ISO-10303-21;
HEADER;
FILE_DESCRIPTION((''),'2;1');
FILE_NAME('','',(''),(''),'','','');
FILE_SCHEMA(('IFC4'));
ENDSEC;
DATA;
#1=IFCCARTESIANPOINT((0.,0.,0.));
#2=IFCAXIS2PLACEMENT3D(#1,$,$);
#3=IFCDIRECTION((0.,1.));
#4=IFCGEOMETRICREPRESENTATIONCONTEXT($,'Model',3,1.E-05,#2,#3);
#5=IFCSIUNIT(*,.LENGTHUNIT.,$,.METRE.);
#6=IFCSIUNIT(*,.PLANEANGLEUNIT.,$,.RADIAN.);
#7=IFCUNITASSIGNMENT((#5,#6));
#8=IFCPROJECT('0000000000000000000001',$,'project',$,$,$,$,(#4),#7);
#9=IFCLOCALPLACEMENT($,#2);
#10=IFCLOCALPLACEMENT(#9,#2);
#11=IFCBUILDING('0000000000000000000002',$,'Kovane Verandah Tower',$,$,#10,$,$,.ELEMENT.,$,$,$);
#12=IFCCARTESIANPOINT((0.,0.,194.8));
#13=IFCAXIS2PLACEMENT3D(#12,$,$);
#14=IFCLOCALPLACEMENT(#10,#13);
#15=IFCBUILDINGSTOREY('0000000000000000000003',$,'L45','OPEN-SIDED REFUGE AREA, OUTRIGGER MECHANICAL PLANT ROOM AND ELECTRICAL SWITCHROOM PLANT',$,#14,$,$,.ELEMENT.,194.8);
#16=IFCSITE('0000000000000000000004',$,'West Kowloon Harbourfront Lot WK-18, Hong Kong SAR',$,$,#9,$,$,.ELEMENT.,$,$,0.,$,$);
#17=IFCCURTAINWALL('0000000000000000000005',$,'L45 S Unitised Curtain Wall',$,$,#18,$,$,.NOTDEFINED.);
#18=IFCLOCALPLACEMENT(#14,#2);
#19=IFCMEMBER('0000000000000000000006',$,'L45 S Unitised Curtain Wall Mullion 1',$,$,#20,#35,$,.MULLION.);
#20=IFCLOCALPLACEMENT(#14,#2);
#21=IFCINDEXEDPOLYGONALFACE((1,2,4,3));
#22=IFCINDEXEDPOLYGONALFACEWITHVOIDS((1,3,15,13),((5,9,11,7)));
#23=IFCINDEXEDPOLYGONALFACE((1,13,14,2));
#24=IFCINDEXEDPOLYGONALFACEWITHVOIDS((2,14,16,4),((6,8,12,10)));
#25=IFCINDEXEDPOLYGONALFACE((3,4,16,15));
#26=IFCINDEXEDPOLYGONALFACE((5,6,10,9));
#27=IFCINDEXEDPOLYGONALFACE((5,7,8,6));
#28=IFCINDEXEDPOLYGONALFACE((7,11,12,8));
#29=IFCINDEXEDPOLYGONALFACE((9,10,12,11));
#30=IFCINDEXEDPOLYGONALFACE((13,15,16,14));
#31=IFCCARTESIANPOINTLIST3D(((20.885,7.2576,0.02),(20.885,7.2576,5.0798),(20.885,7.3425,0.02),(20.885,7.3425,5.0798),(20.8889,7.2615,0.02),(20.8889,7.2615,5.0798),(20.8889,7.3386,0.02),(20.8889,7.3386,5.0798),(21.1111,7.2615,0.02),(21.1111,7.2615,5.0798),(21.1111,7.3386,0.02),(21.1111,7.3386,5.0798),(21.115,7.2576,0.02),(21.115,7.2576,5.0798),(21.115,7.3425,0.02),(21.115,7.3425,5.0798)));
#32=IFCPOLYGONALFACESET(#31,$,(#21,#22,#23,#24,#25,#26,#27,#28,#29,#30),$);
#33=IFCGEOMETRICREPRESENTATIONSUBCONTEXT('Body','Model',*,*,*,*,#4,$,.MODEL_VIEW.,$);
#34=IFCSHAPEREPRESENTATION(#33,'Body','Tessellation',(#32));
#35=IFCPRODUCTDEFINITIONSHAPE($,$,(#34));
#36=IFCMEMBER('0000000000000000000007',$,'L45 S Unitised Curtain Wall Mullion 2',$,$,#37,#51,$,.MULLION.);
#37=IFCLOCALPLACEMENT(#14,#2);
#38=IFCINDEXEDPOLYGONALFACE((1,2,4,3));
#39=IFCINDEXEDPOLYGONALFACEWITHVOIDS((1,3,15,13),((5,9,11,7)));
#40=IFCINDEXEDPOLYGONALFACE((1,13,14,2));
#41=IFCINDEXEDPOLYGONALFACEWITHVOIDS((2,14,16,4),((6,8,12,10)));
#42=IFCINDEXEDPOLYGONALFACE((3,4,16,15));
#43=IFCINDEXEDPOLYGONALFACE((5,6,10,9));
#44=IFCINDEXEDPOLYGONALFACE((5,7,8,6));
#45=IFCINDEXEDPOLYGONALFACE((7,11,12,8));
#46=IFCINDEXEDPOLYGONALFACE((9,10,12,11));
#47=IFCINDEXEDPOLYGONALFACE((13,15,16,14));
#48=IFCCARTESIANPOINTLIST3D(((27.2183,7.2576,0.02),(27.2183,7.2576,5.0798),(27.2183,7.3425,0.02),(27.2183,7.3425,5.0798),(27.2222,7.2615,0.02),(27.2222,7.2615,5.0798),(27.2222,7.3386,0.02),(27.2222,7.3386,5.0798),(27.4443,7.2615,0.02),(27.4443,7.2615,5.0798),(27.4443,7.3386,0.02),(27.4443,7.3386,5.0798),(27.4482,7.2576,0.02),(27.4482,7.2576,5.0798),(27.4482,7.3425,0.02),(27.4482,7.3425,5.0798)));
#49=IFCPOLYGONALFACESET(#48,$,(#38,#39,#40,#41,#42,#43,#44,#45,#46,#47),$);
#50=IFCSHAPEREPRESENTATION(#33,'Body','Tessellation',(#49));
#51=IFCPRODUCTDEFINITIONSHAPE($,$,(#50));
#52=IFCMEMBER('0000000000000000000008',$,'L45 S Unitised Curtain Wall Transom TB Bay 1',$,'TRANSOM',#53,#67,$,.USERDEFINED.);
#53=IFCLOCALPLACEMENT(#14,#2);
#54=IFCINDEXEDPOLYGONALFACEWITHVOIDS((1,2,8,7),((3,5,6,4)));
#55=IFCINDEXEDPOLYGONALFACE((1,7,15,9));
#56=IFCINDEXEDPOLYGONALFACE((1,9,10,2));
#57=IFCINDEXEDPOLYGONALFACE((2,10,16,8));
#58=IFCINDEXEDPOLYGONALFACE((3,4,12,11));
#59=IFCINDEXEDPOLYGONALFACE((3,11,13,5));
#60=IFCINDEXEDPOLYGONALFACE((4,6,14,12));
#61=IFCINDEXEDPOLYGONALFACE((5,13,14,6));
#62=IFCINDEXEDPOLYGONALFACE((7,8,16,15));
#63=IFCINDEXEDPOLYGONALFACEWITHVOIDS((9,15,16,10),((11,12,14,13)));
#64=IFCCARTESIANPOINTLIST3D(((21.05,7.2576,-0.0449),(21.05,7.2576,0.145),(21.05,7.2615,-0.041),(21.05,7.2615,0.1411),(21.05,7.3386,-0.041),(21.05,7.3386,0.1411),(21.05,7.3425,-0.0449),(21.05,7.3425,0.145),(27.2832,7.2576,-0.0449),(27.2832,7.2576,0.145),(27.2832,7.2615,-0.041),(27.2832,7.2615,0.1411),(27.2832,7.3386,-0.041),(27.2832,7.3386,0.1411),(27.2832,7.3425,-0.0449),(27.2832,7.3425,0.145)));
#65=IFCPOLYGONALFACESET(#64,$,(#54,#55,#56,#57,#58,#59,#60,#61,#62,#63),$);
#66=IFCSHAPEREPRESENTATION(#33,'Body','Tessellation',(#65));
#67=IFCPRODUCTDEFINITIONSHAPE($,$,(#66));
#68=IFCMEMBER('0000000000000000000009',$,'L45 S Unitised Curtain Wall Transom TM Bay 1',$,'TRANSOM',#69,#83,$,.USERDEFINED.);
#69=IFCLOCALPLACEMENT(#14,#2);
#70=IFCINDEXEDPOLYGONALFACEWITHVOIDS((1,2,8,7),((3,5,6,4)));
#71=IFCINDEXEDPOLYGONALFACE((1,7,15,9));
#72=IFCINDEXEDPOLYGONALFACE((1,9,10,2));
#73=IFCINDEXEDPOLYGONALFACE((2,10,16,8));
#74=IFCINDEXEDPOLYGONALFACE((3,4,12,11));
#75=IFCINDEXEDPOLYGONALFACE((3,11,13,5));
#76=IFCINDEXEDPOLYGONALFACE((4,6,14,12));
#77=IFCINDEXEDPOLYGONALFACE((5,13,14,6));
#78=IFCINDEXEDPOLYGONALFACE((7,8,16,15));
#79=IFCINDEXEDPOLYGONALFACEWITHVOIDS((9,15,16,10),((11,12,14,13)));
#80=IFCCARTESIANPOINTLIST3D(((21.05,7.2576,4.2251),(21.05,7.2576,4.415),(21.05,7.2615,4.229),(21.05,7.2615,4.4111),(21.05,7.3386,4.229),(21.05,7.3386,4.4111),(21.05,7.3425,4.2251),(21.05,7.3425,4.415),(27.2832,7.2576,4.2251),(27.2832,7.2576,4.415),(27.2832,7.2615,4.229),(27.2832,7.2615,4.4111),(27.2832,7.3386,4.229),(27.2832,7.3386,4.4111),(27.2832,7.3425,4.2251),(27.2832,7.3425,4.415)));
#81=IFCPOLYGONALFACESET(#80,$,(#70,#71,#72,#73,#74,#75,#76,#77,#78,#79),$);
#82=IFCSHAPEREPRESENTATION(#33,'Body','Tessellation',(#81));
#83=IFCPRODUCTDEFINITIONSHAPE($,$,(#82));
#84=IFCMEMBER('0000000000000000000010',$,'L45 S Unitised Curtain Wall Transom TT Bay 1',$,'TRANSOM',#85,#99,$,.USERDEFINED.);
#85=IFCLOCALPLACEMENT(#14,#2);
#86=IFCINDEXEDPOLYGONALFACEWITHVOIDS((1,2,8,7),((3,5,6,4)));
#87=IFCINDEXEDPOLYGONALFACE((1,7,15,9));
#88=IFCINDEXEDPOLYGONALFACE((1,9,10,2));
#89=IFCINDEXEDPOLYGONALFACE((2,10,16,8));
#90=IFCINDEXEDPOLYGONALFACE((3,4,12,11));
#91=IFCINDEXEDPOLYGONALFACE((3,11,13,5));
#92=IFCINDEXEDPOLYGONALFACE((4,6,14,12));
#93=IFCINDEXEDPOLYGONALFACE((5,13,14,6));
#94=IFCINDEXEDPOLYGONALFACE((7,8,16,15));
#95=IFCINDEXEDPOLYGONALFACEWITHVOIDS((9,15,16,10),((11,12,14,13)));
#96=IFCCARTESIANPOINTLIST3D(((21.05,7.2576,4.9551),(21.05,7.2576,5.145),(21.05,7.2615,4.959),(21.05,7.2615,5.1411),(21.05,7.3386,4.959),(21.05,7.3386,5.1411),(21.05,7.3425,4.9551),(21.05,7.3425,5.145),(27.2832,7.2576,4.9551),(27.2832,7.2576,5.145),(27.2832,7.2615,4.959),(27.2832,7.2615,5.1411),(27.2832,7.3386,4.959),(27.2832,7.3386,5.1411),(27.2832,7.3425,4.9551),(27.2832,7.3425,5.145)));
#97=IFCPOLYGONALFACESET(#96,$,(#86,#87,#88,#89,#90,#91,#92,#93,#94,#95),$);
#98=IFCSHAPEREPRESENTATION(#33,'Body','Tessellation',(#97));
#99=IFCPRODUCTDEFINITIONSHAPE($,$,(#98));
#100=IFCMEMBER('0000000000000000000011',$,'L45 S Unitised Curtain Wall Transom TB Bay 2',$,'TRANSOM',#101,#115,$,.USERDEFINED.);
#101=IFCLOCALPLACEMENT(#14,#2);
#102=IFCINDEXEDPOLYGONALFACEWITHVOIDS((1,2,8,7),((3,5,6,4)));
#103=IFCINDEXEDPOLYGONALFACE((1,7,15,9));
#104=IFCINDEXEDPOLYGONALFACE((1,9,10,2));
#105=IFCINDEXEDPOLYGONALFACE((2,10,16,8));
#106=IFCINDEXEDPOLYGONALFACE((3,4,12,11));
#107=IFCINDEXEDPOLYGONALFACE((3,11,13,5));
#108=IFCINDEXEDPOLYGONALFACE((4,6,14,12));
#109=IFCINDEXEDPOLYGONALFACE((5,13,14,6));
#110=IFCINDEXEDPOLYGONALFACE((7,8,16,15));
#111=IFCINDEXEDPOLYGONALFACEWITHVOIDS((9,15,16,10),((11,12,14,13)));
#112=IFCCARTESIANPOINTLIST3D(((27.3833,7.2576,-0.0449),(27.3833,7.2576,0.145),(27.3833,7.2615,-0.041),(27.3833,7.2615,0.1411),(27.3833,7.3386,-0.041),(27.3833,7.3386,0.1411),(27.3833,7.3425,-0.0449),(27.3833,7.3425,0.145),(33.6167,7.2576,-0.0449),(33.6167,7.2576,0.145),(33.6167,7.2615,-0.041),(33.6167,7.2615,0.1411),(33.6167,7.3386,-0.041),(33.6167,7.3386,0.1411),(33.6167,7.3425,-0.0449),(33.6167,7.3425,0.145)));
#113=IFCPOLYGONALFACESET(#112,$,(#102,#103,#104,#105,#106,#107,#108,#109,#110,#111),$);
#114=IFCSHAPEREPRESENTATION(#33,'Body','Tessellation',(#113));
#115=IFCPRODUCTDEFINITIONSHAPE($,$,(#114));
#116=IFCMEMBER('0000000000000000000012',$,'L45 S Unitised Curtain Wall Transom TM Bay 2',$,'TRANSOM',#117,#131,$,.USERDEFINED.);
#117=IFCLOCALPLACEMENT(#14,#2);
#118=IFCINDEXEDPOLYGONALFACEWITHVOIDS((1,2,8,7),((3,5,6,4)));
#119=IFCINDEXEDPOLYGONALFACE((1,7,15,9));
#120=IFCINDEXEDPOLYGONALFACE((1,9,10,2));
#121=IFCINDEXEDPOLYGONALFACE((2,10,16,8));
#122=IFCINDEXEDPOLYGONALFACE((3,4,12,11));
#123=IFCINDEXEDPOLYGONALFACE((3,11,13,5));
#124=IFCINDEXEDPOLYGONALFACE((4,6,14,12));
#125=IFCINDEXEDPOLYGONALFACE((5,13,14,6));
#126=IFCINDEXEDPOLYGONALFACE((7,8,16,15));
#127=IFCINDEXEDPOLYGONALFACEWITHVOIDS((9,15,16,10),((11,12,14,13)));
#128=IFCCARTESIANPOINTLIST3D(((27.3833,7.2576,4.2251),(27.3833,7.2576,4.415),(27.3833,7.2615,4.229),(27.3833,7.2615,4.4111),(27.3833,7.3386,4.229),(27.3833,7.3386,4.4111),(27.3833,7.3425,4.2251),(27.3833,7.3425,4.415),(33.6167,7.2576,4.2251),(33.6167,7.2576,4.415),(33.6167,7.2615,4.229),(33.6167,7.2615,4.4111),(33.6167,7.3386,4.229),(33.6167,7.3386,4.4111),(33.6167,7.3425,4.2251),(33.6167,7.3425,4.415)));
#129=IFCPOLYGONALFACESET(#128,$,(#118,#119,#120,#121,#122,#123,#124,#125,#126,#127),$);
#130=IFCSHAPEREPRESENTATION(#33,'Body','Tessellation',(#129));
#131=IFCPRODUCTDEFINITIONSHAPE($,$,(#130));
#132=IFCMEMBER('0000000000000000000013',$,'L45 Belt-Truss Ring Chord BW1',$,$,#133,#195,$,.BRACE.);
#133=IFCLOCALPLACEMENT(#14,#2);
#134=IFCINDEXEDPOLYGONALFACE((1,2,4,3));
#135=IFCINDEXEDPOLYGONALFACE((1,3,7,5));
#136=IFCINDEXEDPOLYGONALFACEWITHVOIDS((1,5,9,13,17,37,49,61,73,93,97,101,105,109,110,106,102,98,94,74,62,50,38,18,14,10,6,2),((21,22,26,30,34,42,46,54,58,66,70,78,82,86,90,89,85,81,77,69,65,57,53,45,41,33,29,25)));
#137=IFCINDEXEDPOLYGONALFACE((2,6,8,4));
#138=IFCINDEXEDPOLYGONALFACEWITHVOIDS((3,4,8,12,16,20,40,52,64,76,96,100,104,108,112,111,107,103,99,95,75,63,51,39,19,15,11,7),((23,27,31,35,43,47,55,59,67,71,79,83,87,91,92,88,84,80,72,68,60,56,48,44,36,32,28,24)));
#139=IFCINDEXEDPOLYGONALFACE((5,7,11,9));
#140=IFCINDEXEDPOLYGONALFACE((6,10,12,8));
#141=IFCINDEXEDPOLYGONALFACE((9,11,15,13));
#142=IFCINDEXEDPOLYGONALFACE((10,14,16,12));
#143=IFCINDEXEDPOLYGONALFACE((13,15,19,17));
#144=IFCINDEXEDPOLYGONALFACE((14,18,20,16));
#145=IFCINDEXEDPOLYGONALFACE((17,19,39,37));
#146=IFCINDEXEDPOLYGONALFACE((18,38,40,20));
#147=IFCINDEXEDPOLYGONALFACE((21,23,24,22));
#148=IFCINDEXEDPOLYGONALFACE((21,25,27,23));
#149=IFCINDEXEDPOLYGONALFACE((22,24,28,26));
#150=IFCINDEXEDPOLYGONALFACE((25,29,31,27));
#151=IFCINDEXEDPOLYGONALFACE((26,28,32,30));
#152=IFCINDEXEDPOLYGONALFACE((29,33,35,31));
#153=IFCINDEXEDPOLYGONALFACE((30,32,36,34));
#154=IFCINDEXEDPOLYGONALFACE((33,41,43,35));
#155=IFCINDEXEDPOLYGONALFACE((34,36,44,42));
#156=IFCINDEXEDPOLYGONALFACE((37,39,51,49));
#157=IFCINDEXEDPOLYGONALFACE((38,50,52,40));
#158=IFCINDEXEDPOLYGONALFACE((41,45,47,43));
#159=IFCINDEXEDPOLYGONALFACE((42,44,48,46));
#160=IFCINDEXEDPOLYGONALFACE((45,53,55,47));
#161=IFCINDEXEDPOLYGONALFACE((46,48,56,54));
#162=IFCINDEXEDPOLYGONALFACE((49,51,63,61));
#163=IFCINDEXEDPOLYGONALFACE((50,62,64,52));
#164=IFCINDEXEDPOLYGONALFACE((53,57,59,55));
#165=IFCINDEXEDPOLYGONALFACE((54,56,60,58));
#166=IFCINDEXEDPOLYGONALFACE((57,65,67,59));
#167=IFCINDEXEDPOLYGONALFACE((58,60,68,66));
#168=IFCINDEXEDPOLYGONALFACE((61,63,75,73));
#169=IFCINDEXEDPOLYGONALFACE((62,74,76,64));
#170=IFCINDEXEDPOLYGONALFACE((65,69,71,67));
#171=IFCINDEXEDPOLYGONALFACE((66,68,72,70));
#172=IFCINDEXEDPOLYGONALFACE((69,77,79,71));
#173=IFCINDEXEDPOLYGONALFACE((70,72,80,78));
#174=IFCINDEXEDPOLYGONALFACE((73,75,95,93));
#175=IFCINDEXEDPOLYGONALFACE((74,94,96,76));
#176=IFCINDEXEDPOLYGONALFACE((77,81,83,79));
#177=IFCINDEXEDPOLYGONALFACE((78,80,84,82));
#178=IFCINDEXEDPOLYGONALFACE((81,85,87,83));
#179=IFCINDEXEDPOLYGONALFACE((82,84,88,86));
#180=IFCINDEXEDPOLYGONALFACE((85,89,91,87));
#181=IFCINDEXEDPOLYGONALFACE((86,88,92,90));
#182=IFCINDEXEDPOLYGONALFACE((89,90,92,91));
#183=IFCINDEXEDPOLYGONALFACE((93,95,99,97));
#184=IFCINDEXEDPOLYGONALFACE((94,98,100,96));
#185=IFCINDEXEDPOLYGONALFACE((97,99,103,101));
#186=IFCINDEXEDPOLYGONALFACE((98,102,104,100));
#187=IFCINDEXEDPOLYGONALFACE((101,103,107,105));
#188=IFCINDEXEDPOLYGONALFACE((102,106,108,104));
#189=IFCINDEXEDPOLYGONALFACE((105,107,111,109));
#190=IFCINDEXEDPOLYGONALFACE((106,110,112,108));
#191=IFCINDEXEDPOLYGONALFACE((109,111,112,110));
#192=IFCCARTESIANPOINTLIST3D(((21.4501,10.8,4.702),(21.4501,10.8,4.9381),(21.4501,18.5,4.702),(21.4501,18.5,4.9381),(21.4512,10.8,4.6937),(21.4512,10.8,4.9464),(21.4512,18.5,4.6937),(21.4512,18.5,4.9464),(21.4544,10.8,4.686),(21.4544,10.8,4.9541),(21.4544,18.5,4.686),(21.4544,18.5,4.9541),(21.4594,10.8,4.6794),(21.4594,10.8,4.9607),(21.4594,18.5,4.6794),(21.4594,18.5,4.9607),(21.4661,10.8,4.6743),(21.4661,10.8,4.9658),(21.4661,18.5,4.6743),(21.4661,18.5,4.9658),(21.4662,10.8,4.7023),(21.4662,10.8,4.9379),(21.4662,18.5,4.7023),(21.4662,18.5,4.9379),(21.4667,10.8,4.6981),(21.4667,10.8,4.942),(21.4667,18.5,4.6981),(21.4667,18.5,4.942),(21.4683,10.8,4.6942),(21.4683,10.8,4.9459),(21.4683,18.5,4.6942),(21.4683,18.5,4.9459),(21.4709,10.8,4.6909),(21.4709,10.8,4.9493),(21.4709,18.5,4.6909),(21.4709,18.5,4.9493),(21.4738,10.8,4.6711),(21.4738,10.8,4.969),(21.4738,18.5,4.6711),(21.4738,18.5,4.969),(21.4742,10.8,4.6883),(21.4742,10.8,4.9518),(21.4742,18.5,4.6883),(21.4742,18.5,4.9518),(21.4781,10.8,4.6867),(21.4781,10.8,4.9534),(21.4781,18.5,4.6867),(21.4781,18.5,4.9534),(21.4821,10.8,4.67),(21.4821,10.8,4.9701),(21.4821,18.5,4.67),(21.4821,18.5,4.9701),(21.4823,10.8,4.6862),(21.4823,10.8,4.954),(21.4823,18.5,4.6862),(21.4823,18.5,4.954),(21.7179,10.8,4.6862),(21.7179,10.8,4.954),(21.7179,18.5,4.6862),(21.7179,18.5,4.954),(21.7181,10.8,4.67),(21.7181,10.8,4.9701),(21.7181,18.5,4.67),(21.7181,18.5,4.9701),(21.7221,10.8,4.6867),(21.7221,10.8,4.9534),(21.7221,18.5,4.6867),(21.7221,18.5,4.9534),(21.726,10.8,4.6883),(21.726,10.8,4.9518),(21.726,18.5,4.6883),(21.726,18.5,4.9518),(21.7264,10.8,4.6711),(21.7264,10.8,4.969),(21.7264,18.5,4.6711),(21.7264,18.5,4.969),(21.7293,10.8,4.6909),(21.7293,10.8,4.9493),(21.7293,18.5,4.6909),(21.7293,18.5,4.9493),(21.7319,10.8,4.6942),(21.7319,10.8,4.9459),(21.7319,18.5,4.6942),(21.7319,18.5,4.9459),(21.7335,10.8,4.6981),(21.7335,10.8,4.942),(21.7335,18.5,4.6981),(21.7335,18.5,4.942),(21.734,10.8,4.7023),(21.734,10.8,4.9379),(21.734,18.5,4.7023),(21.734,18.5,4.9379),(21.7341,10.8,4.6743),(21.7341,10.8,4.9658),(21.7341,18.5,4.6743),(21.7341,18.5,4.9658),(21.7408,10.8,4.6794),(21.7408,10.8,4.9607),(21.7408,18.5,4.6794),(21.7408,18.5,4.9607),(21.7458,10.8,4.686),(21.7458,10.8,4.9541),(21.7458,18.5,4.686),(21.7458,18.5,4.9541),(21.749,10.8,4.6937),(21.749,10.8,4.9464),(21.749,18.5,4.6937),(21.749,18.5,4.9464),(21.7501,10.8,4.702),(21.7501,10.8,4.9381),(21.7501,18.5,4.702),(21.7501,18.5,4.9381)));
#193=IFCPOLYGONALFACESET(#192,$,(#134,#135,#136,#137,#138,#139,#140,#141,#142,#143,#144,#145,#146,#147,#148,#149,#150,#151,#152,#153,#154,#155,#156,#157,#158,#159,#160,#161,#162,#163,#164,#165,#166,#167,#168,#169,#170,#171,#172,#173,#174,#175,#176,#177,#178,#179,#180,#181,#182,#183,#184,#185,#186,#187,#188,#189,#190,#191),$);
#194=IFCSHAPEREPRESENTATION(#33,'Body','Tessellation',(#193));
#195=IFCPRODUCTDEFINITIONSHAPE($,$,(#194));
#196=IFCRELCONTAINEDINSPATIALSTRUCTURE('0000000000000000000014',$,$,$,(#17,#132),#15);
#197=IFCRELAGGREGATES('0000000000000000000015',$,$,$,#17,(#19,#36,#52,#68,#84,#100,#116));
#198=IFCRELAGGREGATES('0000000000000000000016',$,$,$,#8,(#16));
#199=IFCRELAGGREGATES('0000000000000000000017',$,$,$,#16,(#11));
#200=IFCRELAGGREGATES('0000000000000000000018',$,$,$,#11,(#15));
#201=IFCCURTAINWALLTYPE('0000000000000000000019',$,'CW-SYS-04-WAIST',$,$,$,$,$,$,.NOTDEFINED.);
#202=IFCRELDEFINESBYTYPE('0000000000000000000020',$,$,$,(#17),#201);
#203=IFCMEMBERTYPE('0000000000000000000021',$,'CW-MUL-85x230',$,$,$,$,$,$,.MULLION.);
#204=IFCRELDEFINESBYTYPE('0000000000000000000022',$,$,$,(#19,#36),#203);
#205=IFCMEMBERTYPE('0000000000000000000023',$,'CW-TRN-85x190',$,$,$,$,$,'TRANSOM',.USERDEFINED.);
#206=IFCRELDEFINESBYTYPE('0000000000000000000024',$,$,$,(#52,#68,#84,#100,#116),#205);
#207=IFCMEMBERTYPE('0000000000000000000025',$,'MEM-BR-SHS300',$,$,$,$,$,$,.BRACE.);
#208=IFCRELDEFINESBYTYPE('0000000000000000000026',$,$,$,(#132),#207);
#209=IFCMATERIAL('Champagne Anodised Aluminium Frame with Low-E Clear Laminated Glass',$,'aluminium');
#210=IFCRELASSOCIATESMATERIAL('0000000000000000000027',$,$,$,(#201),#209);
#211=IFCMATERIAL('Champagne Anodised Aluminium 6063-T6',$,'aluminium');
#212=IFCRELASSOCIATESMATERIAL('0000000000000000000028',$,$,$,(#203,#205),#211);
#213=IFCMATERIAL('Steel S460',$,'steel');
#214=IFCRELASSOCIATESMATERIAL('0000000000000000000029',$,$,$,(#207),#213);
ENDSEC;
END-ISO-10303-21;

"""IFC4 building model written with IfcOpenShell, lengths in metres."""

from ifc_helpers import new_model, si_unit, direction, frame, origin, origin_2d, place, context, subcontext, project, spatial, hollow_rectangle, extrude, material, material_profile, profile_set, type_object, element, aggregate, save


model = new_model("IFC4")

# Units and contexts
model_context = context("Model", 3, precision=1e-05, world=origin(), true_north=direction((0.0, 1.0)))
body_context = subcontext(model_context, "Body", "Model", "MODEL_VIEW")
ifc_project = project(units=[si_unit("LENGTHUNIT", "METRE"), si_unit("PLANEANGLEUNIT", "RADIAN")], contexts=[model_context])

# Site, building, storey
site_placement = place(None, origin())
site = spatial("IfcSite", under=ifc_project, at=site_placement, Name="West Kowloon Harbourfront Lot WK-18, Hong Kong SAR", CompositionType="ELEMENT", RefElevation=0.0)
building_placement = place(site_placement, origin())
building = spatial("IfcBuilding", under=site, at=building_placement, Name="Kovane Verandah Tower", CompositionType="ELEMENT")
storey_placement = place(building_placement, frame((0.0, 0.0, 194.8)))
storey = spatial("IfcBuildingStorey", under=building, at=storey_placement, Name="L45", Description="OPEN-SIDED REFUGE AREA, OUTRIGGER MECHANICAL PLANT ROOM AND ELECTRICAL SWITCHROOM PLANT", CompositionType="ELEMENT", Elevation=194.8)

# Shared definitions
ifc_material_1 = material(Name="Steel S460", Category="steel")

# Curtain wall, members
ifc_material_2 = material(Name="Champagne Anodised Aluminium Frame with Low-E Clear Laminated Glass", Category="aluminium")
curtain_wall_type = type_object("IfcCurtainWallType", Name="CW-SYS-04-WAIST", PredefinedType="NOTDEFINED", material=ifc_material_2)
curtain_wall_placement = place(storey_placement, origin())
curtain_wall = element("IfcCurtainWall", 1, at=curtain_wall_placement, inside=storey, type_object=curtain_wall_type, Name="L45 S Unitised Curtain Wall", PredefinedType="NOTDEFINED")
ifc_material_3 = material(Name="Champagne Anodised Aluminium 6063-T6", Category="aluminium")
ifc_material_profile_1 = material_profile(ifc_material_3, hollow_rectangle(XDim=0.085, YDim=0.23, WallThickness=0.0039, at=origin_2d()), Name="AL85x230x4")
ifc_profile_set_1 = profile_set([ifc_material_profile_1], Name="Champagne Anodised Aluminium 6063-T6")
member_type_1 = type_object("IfcMemberType", Name="CW-MUL-85x230", PredefinedType="MULLION", material=ifc_profile_set_1)
member_1_placement = place(storey_placement, frame((21.0, 7.3, 0.02), z_axis=(0.0, 0.0, 1.0), x_axis=(0.0, -1.0, 0.0)))
member_1 = element("IfcMember", 2, at=member_1_placement, type_object=member_type_1, Name="L45 S Unitised Curtain Wall Mullion 1", PredefinedType="MULLION", context=body_context, shape_type="SweptSolid", body=[
    extrude(hollow_rectangle(XDim=0.085, YDim=0.23, WallThickness=0.0039, at=origin_2d()), origin(), (0.0, 0.0, 1.0), 5.0598),
])
member_2_placement = place(storey_placement, frame((27.3333, 7.3, 0.02), z_axis=(0.0, 0.0, 1.0), x_axis=(0.0, -1.0, 0.0)))
member_2 = element("IfcMember", 3, at=member_2_placement, type_object=member_type_1, Name="L45 S Unitised Curtain Wall Mullion 2", PredefinedType="MULLION", context=body_context, shape_type="SweptSolid", body=[
    extrude(hollow_rectangle(XDim=0.085, YDim=0.23, WallThickness=0.0039, at=origin_2d()), origin(), (0.0, 0.0, 1.0), 5.0598),
])
ifc_material_profile_2 = material_profile(ifc_material_3, hollow_rectangle(XDim=0.085, YDim=0.1899, WallThickness=0.0039, at=origin_2d()), Name="AL85x190x4")
ifc_profile_set_2 = profile_set([ifc_material_profile_2], Name="Champagne Anodised Aluminium 6063-T6")
member_type_2 = type_object("IfcMemberType", Name="CW-TRN-85x190", ElementType="TRANSOM", PredefinedType="USERDEFINED", material=ifc_profile_set_2)
member_3_placement = place(storey_placement, frame((21.05, 7.3, 0.05), z_axis=(1.0, 0.0, 0.0), x_axis=(0.0, 1.0, 0.0)))
member_3 = element("IfcMember", 4, at=member_3_placement, type_object=member_type_2, Name="L45 S Unitised Curtain Wall Transom TB Bay 1", ObjectType="TRANSOM", PredefinedType="USERDEFINED", context=body_context, shape_type="SweptSolid", body=[
    extrude(hollow_rectangle(XDim=0.085, YDim=0.1899, WallThickness=0.0039, at=origin_2d()), origin(), (0.0, 0.0, 1.0), 6.2332),
])
member_4_placement = place(storey_placement, frame((21.05, 7.3, 4.3201), z_axis=(1.0, 0.0, 0.0), x_axis=(0.0, 1.0, 0.0)))
member_4 = element("IfcMember", 5, at=member_4_placement, type_object=member_type_2, Name="L45 S Unitised Curtain Wall Transom TM Bay 1", ObjectType="TRANSOM", PredefinedType="USERDEFINED", context=body_context, shape_type="SweptSolid", body=[
    extrude(hollow_rectangle(XDim=0.085, YDim=0.1899, WallThickness=0.0039, at=origin_2d()), origin(), (0.0, 0.0, 1.0), 6.2332),
])
member_5_placement = place(storey_placement, frame((21.05, 7.3, 5.05), z_axis=(1.0, 0.0, 0.0), x_axis=(0.0, 1.0, 0.0)))
member_5 = element("IfcMember", 6, at=member_5_placement, type_object=member_type_2, Name="L45 S Unitised Curtain Wall Transom TT Bay 1", ObjectType="TRANSOM", PredefinedType="USERDEFINED", context=body_context, shape_type="SweptSolid", body=[
    extrude(hollow_rectangle(XDim=0.085, YDim=0.1899, WallThickness=0.0039, at=origin_2d()), origin(), (0.0, 0.0, 1.0), 6.2332),
])
member_6_placement = place(storey_placement, frame((27.3833, 7.3, 0.05), z_axis=(1.0, 0.0, 0.0), x_axis=(0.0, 1.0, 0.0)))
member_6 = element("IfcMember", 7, at=member_6_placement, type_object=member_type_2, Name="L45 S Unitised Curtain Wall Transom TB Bay 2", ObjectType="TRANSOM", PredefinedType="USERDEFINED", context=body_context, shape_type="SweptSolid", body=[
    extrude(hollow_rectangle(XDim=0.085, YDim=0.1899, WallThickness=0.0039, at=origin_2d()), origin(), (0.0, 0.0, 1.0), 6.2334),
])
member_7_placement = place(storey_placement, frame((27.3833, 7.3, 4.3201), z_axis=(1.0, 0.0, 0.0), x_axis=(0.0, 1.0, 0.0)))
member_7 = element("IfcMember", 8, at=member_7_placement, type_object=member_type_2, Name="L45 S Unitised Curtain Wall Transom TM Bay 2", ObjectType="TRANSOM", PredefinedType="USERDEFINED", context=body_context, shape_type="SweptSolid", body=[
    extrude(hollow_rectangle(XDim=0.085, YDim=0.1899, WallThickness=0.0039, at=origin_2d()), origin(), (0.0, 0.0, 1.0), 6.2334),
])

# Member
ifc_material_profile_3 = material_profile(ifc_material_1, hollow_rectangle(XDim=0.3, YDim=0.3, WallThickness=0.0161, InnerFilletRadius=0.0161, OuterFilletRadius=0.032, at=origin_2d()), Name="SHS300x300x16")
ifc_profile_set_3 = profile_set([ifc_material_profile_3], Name="Steel S460")
member_type_3 = type_object("IfcMemberType", Name="MEM-BR-SHS300", PredefinedType="BRACE", material=ifc_profile_set_3)
member_8_placement = place(storey_placement, frame((21.6001, 10.8, 4.8201), z_axis=(0.0, 1.0, 0.0), x_axis=(-1.0, 0.0, 0.0)))
element("IfcMember", 9, at=member_8_placement, inside=storey, type_object=member_type_3, Name="L45 Belt-Truss Ring Chord BW1", PredefinedType="BRACE", context=body_context, shape_type="SweptSolid", body=[
    extrude(hollow_rectangle(XDim=0.3, YDim=0.3, WallThickness=0.0161, InnerFilletRadius=0.0161, OuterFilletRadius=0.032, at=origin_2d()), origin(), (0.0, 0.0, 1.0), 7.7),
])

aggregate(curtain_wall, [member_1, member_2, member_3, member_4, member_5, member_6, member_7])

save(model, "model.ifc")
